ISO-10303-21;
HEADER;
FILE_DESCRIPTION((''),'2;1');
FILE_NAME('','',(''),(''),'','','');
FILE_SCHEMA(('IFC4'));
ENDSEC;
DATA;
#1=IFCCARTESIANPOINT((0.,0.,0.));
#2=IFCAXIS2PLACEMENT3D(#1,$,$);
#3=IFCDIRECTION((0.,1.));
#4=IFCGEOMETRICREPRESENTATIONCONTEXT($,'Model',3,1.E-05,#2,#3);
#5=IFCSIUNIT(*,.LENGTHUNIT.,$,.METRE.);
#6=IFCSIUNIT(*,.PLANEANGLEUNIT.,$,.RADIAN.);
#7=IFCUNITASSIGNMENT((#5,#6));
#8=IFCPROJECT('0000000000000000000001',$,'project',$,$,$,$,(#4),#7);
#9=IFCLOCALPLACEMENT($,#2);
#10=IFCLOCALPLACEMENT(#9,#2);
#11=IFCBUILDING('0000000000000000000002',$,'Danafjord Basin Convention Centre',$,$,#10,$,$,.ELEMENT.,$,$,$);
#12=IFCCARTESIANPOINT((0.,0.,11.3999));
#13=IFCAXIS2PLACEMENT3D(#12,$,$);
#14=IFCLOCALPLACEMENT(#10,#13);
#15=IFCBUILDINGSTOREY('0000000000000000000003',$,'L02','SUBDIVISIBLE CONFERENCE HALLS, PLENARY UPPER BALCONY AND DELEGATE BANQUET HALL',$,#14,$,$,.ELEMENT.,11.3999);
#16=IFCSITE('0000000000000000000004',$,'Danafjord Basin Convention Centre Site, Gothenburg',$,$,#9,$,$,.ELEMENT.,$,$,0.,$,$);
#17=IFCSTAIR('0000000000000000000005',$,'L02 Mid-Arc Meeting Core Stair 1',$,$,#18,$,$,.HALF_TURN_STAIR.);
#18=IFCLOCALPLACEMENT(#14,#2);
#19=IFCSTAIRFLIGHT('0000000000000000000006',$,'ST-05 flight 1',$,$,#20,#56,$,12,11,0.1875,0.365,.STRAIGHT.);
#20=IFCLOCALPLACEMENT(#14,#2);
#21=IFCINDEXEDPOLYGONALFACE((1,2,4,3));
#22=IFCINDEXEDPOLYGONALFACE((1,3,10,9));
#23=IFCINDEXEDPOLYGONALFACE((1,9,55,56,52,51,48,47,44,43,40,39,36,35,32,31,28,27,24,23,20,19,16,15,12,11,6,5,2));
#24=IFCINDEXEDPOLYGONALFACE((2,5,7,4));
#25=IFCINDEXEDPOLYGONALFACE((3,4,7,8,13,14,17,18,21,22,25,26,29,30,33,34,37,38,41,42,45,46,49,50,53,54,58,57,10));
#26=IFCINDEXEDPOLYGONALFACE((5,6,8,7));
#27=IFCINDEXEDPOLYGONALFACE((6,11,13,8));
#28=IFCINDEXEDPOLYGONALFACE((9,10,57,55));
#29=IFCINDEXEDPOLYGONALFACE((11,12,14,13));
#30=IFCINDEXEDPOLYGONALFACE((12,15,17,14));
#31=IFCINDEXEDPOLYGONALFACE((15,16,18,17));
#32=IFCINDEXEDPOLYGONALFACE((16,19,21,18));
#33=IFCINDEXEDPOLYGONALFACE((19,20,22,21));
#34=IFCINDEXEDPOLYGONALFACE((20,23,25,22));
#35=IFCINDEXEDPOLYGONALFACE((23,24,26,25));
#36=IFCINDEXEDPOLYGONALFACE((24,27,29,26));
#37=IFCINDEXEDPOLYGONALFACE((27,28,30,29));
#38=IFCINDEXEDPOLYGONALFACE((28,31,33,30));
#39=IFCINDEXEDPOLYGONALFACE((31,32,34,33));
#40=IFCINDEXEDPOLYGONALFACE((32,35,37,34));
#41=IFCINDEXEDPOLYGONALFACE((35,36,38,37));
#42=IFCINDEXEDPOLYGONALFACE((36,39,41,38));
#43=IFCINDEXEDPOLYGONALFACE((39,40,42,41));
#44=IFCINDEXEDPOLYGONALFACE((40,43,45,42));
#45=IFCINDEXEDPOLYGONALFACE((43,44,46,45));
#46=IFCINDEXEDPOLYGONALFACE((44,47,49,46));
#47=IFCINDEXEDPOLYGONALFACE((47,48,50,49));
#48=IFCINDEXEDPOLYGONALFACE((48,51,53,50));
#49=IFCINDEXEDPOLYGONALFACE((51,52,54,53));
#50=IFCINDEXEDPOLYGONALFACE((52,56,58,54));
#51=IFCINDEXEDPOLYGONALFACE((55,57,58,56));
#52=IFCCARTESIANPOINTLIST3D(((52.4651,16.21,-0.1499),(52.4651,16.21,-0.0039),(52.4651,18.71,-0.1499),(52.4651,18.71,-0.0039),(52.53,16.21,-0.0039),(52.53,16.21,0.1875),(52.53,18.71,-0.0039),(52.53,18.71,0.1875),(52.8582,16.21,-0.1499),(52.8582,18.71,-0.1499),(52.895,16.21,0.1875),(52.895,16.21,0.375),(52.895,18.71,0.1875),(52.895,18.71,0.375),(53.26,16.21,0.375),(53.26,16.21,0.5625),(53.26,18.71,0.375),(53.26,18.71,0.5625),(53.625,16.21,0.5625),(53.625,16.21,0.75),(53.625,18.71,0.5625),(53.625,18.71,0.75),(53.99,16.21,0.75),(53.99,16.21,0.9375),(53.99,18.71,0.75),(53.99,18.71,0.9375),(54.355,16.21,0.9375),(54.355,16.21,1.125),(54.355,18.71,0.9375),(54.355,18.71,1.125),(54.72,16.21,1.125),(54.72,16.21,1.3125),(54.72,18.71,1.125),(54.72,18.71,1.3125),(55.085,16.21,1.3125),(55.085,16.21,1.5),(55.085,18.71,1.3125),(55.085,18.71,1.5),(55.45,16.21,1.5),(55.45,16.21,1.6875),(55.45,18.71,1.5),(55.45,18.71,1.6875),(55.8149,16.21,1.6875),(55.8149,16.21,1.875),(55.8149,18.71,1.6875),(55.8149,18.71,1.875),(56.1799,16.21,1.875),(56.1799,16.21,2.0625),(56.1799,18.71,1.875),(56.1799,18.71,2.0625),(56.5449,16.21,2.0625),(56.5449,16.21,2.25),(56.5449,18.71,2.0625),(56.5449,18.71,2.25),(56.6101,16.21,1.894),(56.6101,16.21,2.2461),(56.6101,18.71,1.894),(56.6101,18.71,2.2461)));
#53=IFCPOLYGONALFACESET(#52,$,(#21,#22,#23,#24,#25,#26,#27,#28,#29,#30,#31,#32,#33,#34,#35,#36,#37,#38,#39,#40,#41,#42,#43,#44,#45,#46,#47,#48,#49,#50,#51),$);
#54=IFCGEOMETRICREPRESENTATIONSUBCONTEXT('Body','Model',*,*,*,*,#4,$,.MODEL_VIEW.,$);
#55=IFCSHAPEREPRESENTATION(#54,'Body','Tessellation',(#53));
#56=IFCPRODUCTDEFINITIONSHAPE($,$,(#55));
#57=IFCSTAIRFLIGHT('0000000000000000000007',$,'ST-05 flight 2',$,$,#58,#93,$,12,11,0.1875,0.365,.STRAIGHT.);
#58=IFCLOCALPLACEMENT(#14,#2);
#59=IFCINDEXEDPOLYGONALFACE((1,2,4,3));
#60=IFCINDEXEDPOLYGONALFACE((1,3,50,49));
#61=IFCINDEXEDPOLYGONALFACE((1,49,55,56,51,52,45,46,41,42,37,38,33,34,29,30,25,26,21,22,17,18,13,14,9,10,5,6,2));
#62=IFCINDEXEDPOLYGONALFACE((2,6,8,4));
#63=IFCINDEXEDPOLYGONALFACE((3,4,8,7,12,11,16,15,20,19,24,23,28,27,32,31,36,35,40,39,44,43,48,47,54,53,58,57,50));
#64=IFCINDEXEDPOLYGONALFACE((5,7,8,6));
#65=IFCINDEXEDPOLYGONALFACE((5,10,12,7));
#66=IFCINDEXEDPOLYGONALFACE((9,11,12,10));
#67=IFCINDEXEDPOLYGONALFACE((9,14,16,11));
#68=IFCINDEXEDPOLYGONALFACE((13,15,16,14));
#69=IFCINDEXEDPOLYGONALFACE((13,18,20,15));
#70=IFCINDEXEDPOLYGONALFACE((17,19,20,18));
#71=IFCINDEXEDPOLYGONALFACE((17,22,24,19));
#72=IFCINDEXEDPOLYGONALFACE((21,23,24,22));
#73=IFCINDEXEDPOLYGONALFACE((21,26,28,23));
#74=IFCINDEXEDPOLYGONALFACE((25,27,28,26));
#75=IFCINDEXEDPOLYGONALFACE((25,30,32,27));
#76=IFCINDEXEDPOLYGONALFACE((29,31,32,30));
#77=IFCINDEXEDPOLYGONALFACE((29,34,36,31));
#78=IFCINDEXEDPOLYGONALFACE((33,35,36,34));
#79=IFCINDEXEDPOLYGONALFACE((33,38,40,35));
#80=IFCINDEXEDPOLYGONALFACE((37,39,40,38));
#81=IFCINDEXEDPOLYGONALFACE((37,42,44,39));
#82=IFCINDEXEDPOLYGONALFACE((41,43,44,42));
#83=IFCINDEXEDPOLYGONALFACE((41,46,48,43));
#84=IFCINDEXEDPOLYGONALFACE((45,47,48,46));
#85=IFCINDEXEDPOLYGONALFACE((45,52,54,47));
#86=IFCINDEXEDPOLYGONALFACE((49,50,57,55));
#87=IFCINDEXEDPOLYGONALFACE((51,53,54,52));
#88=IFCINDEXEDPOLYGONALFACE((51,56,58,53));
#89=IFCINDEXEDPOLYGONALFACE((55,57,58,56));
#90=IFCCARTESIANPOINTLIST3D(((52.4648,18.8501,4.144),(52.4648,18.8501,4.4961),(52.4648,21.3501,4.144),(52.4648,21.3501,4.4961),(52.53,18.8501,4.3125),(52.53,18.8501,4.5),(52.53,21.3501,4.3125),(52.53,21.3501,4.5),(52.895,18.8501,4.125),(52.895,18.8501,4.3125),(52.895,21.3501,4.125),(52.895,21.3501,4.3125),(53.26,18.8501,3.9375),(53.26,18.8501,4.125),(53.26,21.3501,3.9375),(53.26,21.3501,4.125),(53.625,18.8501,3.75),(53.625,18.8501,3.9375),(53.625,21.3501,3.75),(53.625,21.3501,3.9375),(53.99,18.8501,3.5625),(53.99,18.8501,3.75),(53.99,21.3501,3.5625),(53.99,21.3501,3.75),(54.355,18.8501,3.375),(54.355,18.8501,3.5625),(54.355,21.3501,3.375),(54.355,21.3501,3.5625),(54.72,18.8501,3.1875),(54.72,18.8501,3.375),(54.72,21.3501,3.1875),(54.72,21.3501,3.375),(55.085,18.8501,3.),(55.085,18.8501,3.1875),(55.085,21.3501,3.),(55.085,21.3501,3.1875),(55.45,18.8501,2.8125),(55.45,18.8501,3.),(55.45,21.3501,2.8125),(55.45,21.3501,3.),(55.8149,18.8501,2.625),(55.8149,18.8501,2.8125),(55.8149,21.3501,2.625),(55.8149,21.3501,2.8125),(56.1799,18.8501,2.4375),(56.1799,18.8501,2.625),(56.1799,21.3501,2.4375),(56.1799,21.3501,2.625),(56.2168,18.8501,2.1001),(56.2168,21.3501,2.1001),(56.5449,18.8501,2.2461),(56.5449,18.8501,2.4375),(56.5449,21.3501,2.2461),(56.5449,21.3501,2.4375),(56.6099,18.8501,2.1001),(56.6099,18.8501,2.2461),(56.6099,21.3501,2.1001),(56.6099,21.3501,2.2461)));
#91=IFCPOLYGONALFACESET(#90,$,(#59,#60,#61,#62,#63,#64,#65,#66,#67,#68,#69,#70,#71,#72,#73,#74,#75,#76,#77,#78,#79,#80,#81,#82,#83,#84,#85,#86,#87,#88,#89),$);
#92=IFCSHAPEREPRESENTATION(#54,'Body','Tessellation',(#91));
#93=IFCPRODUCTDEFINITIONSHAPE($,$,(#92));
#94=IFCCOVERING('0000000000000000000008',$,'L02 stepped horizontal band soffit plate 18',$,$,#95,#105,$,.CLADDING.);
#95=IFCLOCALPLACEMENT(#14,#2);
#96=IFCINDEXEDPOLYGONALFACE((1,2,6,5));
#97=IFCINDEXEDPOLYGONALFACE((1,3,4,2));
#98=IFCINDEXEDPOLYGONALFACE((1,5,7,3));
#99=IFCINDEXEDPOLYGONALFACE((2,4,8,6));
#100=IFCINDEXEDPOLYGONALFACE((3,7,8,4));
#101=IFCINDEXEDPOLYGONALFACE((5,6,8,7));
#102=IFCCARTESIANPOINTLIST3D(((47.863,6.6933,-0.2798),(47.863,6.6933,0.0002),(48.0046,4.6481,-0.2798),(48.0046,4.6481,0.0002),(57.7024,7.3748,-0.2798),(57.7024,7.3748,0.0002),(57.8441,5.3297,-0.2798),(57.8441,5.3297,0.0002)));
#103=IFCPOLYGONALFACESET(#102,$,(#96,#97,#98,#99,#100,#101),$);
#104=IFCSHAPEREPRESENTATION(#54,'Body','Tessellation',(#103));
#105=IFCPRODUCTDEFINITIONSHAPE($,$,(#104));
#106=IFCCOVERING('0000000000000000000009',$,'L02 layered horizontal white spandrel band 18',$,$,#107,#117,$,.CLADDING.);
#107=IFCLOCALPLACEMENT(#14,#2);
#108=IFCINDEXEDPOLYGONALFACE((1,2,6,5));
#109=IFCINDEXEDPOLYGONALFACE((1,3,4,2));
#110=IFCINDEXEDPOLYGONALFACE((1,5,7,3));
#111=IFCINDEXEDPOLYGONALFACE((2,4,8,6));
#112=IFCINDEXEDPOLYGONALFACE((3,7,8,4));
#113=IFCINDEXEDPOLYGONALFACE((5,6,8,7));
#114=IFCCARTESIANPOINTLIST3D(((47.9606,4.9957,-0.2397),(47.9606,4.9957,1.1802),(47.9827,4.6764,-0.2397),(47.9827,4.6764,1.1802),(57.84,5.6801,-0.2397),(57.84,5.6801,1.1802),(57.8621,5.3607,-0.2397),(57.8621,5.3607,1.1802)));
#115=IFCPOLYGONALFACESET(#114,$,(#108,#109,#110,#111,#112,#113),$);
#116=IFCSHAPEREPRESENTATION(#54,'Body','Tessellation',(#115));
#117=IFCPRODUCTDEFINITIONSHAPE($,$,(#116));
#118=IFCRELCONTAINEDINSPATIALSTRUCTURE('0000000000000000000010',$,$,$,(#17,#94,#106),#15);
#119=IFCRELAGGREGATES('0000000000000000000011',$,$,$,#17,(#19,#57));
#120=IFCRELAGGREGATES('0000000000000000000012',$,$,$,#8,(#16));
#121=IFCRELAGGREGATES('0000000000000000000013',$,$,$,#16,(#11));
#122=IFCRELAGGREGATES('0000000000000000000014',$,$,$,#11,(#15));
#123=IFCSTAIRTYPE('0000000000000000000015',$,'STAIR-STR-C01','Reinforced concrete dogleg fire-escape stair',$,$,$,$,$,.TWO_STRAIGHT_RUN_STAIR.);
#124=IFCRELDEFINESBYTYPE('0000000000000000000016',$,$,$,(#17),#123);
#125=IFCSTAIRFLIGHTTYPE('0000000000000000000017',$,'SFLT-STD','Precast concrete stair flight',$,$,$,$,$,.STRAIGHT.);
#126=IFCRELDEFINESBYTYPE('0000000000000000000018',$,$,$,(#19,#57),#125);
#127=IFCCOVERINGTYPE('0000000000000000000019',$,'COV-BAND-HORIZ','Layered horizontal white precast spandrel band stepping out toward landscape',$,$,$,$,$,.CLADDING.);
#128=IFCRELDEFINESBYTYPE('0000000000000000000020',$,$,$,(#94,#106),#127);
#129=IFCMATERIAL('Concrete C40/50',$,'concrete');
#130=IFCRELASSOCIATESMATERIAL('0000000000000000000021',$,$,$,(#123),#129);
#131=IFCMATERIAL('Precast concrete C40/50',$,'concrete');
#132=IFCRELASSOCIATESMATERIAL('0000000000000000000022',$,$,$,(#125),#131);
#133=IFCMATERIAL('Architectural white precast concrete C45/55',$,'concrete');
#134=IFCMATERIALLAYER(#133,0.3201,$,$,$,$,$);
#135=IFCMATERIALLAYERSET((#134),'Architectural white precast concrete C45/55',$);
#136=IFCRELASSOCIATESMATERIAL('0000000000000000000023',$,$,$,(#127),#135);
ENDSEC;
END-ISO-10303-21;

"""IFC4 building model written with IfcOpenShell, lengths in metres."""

from ifc_helpers import new_model, si_unit, direction, frame, origin, origin_2d, place, context, subcontext, project, spatial, polyline, rectangle, outline, extrude, material, layer, layer_set, type_object, element, aggregate, save


model = new_model("IFC4")

# Units and contexts
model_context = context("Model", 3, precision=1e-05, world=origin(), true_north=direction((0.0, 1.0)))
body_context = subcontext(model_context, "Body", "Model", "MODEL_VIEW")
ifc_project = project(units=[si_unit("LENGTHUNIT", "METRE"), si_unit("PLANEANGLEUNIT", "RADIAN")], contexts=[model_context])

# Site, building, storey
site_placement = place(None, origin())
site = spatial("IfcSite", under=ifc_project, at=site_placement, Name="Danafjord Basin Convention Centre Site, Gothenburg", CompositionType="ELEMENT", RefElevation=0.0)
building_placement = place(site_placement, origin())
building = spatial("IfcBuilding", under=site, at=building_placement, Name="Danafjord Basin Convention Centre", CompositionType="ELEMENT")
storey_placement = place(building_placement, frame((0.0, 0.0, 11.3999)))
storey = spatial("IfcBuildingStorey", under=building, at=storey_placement, Name="L02", Description="SUBDIVISIBLE CONFERENCE HALLS, PLENARY UPPER BALCONY AND DELEGATE BANQUET HALL", CompositionType="ELEMENT", Elevation=11.3999)

# Stair, stair flights
ifc_material_1 = material(Name="Concrete C40/50", Category="concrete")
stair_type = type_object("IfcStairType", Name="STAIR-STR-C01", Description="Reinforced concrete dogleg fire-escape stair", PredefinedType="TWO_STRAIGHT_RUN_STAIR", material=ifc_material_1)
stair_placement = place(storey_placement, origin())
stair = element("IfcStair", 1, at=stair_placement, inside=storey, type_object=stair_type, Name="L02 Mid-Arc Meeting Core Stair 1", PredefinedType="HALF_TURN_STAIR")
ifc_material_2 = material(Name="Precast concrete C40/50", Category="concrete")
stair_flight_type = type_object("IfcStairFlightType", Name="SFLT-STD", Description="Precast concrete stair flight", PredefinedType="STRAIGHT", material=ifc_material_2)
stair_flight_1_placement = place(storey_placement, frame((52.53, 17.46, 0.0), z_axis=(0.0, 0.0, 1.0), x_axis=(1.0, 0.0, 0.0)))
stair_flight_1 = element("IfcStairFlight", 2, at=stair_flight_1_placement, type_object=stair_flight_type, Name="ST-05 flight 1", NumberOfRisers=12, NumberOfTreads=11, PredefinedType="STRAIGHT", RiserHeight=0.1875, TreadLength=0.365, context=body_context, shape_type="SweptSolid", body=[
    extrude(outline(polyline([(-0.0649, -0.1499), (-0.0649, -0.0039), (0.0, -0.0039), (0.0, 0.1875), (0.365, 0.1875), (0.365, 0.375), (0.73, 0.375), (0.73, 0.5625), (1.095, 0.5625), (1.095, 0.75), (1.46, 0.75), (1.46, 0.9375), (1.825, 0.9375), (1.825, 1.125), (2.1899, 1.125), (2.1899, 1.3125), (2.5549, 1.3125), (2.5549, 1.5), (2.9199, 1.5), (2.9199, 1.6875), (3.2849, 1.6875), (3.2849, 1.875), (3.6499, 1.875), (3.6499, 2.0625), (4.0149, 2.0625), (4.0149, 2.25), (4.0801, 2.2461), (4.0801, 1.894), (0.3281, -0.1499), (-0.0649, -0.1499)])), frame((0.0, 1.25, 0.0), z_axis=(0.0, -1.0, 0.0), x_axis=(1.0, 0.0, 0.0)), (0.0, 0.0, 1.0), 2.5),
])
stair_flight_2_placement = place(storey_placement, frame((56.5449, 20.1001, 2.25), z_axis=(0.0, 0.0, 1.0), x_axis=(-1.0, 0.0, 0.0)))
stair_flight_2 = element("IfcStairFlight", 3, at=stair_flight_2_placement, type_object=stair_flight_type, Name="ST-05 flight 2", NumberOfRisers=12, NumberOfTreads=11, PredefinedType="STRAIGHT", RiserHeight=0.1875, TreadLength=0.365, context=body_context, shape_type="SweptSolid", body=[
    extrude(outline(polyline([(-0.0649, -0.1499), (-0.0649, -0.0039), (0.0, -0.0039), (0.0, 0.1875), (0.365, 0.1875), (0.365, 0.375), (0.73, 0.375), (0.73, 0.5625), (1.095, 0.5625), (1.095, 0.75), (1.46, 0.75), (1.46, 0.9375), (1.825, 0.9375), (1.825, 1.125), (2.1899, 1.125), (2.1899, 1.3125), (2.5549, 1.3125), (2.5549, 1.5), (2.9199, 1.5), (2.9199, 1.6875), (3.2849, 1.6875), (3.2849, 1.875), (3.6499, 1.875), (3.6499, 2.0625), (4.0149, 2.0625), (4.0149, 2.25), (4.0801, 2.2461), (4.0801, 1.894), (0.3281, -0.1499), (-0.0649, -0.1499)])), frame((0.0, 1.25, 0.0), z_axis=(0.0, -1.0, 0.0), x_axis=(1.0, 0.0, 0.0)), (0.0, 0.0, 1.0), 2.5),
])
aggregate(stair, [stair_flight_1, stair_flight_2])

# Coverings
ifc_material_3 = material(Name="Architectural white precast concrete C45/55", Category="concrete")
ifc_layer_1 = layer(ifc_material_3, 0.3201)
ifc_layer_set_1 = layer_set([ifc_layer_1], Name="Architectural white precast concrete C45/55")
covering_type = type_object("IfcCoveringType", Name="COV-BAND-HORIZ", Description="Layered horizontal white precast spandrel band stepping out toward landscape", PredefinedType="CLADDING", material=ifc_layer_set_1)
covering_1_placement = place(storey_placement, frame((52.8535, 6.0115, -0.2798), z_axis=(0.0, 0.0, 1.0), x_axis=(0.997609, 0.069105, 0.0)))
element("IfcCovering", 4, at=covering_1_placement, inside=storey, type_object=covering_type, Name="L02 stepped horizontal band soffit plate 18", PredefinedType="CLADDING", context=body_context, shape_type="SweptSolid", body=[
    extrude(rectangle(XDim=9.863, YDim=2.05, at=origin_2d()), origin(), (0.0, 0.0, 1.0), 0.28),
])
covering_2_placement = place(storey_placement, frame((52.9114, 5.1782, -0.2397), z_axis=(0.0, 0.0, 1.0), x_axis=(0.997609, 0.069105, 0.0)))
element("IfcCovering", 5, at=covering_2_placement, inside=storey, type_object=covering_type, Name="L02 layered horizontal white spandrel band 18", PredefinedType="CLADDING", context=body_context, shape_type="SweptSolid", body=[
    extrude(rectangle(XDim=9.9031, YDim=0.3201, at=origin_2d()), origin(), (0.0, 0.0, 1.0), 1.4199),
])

save(model, "model.ifc")
